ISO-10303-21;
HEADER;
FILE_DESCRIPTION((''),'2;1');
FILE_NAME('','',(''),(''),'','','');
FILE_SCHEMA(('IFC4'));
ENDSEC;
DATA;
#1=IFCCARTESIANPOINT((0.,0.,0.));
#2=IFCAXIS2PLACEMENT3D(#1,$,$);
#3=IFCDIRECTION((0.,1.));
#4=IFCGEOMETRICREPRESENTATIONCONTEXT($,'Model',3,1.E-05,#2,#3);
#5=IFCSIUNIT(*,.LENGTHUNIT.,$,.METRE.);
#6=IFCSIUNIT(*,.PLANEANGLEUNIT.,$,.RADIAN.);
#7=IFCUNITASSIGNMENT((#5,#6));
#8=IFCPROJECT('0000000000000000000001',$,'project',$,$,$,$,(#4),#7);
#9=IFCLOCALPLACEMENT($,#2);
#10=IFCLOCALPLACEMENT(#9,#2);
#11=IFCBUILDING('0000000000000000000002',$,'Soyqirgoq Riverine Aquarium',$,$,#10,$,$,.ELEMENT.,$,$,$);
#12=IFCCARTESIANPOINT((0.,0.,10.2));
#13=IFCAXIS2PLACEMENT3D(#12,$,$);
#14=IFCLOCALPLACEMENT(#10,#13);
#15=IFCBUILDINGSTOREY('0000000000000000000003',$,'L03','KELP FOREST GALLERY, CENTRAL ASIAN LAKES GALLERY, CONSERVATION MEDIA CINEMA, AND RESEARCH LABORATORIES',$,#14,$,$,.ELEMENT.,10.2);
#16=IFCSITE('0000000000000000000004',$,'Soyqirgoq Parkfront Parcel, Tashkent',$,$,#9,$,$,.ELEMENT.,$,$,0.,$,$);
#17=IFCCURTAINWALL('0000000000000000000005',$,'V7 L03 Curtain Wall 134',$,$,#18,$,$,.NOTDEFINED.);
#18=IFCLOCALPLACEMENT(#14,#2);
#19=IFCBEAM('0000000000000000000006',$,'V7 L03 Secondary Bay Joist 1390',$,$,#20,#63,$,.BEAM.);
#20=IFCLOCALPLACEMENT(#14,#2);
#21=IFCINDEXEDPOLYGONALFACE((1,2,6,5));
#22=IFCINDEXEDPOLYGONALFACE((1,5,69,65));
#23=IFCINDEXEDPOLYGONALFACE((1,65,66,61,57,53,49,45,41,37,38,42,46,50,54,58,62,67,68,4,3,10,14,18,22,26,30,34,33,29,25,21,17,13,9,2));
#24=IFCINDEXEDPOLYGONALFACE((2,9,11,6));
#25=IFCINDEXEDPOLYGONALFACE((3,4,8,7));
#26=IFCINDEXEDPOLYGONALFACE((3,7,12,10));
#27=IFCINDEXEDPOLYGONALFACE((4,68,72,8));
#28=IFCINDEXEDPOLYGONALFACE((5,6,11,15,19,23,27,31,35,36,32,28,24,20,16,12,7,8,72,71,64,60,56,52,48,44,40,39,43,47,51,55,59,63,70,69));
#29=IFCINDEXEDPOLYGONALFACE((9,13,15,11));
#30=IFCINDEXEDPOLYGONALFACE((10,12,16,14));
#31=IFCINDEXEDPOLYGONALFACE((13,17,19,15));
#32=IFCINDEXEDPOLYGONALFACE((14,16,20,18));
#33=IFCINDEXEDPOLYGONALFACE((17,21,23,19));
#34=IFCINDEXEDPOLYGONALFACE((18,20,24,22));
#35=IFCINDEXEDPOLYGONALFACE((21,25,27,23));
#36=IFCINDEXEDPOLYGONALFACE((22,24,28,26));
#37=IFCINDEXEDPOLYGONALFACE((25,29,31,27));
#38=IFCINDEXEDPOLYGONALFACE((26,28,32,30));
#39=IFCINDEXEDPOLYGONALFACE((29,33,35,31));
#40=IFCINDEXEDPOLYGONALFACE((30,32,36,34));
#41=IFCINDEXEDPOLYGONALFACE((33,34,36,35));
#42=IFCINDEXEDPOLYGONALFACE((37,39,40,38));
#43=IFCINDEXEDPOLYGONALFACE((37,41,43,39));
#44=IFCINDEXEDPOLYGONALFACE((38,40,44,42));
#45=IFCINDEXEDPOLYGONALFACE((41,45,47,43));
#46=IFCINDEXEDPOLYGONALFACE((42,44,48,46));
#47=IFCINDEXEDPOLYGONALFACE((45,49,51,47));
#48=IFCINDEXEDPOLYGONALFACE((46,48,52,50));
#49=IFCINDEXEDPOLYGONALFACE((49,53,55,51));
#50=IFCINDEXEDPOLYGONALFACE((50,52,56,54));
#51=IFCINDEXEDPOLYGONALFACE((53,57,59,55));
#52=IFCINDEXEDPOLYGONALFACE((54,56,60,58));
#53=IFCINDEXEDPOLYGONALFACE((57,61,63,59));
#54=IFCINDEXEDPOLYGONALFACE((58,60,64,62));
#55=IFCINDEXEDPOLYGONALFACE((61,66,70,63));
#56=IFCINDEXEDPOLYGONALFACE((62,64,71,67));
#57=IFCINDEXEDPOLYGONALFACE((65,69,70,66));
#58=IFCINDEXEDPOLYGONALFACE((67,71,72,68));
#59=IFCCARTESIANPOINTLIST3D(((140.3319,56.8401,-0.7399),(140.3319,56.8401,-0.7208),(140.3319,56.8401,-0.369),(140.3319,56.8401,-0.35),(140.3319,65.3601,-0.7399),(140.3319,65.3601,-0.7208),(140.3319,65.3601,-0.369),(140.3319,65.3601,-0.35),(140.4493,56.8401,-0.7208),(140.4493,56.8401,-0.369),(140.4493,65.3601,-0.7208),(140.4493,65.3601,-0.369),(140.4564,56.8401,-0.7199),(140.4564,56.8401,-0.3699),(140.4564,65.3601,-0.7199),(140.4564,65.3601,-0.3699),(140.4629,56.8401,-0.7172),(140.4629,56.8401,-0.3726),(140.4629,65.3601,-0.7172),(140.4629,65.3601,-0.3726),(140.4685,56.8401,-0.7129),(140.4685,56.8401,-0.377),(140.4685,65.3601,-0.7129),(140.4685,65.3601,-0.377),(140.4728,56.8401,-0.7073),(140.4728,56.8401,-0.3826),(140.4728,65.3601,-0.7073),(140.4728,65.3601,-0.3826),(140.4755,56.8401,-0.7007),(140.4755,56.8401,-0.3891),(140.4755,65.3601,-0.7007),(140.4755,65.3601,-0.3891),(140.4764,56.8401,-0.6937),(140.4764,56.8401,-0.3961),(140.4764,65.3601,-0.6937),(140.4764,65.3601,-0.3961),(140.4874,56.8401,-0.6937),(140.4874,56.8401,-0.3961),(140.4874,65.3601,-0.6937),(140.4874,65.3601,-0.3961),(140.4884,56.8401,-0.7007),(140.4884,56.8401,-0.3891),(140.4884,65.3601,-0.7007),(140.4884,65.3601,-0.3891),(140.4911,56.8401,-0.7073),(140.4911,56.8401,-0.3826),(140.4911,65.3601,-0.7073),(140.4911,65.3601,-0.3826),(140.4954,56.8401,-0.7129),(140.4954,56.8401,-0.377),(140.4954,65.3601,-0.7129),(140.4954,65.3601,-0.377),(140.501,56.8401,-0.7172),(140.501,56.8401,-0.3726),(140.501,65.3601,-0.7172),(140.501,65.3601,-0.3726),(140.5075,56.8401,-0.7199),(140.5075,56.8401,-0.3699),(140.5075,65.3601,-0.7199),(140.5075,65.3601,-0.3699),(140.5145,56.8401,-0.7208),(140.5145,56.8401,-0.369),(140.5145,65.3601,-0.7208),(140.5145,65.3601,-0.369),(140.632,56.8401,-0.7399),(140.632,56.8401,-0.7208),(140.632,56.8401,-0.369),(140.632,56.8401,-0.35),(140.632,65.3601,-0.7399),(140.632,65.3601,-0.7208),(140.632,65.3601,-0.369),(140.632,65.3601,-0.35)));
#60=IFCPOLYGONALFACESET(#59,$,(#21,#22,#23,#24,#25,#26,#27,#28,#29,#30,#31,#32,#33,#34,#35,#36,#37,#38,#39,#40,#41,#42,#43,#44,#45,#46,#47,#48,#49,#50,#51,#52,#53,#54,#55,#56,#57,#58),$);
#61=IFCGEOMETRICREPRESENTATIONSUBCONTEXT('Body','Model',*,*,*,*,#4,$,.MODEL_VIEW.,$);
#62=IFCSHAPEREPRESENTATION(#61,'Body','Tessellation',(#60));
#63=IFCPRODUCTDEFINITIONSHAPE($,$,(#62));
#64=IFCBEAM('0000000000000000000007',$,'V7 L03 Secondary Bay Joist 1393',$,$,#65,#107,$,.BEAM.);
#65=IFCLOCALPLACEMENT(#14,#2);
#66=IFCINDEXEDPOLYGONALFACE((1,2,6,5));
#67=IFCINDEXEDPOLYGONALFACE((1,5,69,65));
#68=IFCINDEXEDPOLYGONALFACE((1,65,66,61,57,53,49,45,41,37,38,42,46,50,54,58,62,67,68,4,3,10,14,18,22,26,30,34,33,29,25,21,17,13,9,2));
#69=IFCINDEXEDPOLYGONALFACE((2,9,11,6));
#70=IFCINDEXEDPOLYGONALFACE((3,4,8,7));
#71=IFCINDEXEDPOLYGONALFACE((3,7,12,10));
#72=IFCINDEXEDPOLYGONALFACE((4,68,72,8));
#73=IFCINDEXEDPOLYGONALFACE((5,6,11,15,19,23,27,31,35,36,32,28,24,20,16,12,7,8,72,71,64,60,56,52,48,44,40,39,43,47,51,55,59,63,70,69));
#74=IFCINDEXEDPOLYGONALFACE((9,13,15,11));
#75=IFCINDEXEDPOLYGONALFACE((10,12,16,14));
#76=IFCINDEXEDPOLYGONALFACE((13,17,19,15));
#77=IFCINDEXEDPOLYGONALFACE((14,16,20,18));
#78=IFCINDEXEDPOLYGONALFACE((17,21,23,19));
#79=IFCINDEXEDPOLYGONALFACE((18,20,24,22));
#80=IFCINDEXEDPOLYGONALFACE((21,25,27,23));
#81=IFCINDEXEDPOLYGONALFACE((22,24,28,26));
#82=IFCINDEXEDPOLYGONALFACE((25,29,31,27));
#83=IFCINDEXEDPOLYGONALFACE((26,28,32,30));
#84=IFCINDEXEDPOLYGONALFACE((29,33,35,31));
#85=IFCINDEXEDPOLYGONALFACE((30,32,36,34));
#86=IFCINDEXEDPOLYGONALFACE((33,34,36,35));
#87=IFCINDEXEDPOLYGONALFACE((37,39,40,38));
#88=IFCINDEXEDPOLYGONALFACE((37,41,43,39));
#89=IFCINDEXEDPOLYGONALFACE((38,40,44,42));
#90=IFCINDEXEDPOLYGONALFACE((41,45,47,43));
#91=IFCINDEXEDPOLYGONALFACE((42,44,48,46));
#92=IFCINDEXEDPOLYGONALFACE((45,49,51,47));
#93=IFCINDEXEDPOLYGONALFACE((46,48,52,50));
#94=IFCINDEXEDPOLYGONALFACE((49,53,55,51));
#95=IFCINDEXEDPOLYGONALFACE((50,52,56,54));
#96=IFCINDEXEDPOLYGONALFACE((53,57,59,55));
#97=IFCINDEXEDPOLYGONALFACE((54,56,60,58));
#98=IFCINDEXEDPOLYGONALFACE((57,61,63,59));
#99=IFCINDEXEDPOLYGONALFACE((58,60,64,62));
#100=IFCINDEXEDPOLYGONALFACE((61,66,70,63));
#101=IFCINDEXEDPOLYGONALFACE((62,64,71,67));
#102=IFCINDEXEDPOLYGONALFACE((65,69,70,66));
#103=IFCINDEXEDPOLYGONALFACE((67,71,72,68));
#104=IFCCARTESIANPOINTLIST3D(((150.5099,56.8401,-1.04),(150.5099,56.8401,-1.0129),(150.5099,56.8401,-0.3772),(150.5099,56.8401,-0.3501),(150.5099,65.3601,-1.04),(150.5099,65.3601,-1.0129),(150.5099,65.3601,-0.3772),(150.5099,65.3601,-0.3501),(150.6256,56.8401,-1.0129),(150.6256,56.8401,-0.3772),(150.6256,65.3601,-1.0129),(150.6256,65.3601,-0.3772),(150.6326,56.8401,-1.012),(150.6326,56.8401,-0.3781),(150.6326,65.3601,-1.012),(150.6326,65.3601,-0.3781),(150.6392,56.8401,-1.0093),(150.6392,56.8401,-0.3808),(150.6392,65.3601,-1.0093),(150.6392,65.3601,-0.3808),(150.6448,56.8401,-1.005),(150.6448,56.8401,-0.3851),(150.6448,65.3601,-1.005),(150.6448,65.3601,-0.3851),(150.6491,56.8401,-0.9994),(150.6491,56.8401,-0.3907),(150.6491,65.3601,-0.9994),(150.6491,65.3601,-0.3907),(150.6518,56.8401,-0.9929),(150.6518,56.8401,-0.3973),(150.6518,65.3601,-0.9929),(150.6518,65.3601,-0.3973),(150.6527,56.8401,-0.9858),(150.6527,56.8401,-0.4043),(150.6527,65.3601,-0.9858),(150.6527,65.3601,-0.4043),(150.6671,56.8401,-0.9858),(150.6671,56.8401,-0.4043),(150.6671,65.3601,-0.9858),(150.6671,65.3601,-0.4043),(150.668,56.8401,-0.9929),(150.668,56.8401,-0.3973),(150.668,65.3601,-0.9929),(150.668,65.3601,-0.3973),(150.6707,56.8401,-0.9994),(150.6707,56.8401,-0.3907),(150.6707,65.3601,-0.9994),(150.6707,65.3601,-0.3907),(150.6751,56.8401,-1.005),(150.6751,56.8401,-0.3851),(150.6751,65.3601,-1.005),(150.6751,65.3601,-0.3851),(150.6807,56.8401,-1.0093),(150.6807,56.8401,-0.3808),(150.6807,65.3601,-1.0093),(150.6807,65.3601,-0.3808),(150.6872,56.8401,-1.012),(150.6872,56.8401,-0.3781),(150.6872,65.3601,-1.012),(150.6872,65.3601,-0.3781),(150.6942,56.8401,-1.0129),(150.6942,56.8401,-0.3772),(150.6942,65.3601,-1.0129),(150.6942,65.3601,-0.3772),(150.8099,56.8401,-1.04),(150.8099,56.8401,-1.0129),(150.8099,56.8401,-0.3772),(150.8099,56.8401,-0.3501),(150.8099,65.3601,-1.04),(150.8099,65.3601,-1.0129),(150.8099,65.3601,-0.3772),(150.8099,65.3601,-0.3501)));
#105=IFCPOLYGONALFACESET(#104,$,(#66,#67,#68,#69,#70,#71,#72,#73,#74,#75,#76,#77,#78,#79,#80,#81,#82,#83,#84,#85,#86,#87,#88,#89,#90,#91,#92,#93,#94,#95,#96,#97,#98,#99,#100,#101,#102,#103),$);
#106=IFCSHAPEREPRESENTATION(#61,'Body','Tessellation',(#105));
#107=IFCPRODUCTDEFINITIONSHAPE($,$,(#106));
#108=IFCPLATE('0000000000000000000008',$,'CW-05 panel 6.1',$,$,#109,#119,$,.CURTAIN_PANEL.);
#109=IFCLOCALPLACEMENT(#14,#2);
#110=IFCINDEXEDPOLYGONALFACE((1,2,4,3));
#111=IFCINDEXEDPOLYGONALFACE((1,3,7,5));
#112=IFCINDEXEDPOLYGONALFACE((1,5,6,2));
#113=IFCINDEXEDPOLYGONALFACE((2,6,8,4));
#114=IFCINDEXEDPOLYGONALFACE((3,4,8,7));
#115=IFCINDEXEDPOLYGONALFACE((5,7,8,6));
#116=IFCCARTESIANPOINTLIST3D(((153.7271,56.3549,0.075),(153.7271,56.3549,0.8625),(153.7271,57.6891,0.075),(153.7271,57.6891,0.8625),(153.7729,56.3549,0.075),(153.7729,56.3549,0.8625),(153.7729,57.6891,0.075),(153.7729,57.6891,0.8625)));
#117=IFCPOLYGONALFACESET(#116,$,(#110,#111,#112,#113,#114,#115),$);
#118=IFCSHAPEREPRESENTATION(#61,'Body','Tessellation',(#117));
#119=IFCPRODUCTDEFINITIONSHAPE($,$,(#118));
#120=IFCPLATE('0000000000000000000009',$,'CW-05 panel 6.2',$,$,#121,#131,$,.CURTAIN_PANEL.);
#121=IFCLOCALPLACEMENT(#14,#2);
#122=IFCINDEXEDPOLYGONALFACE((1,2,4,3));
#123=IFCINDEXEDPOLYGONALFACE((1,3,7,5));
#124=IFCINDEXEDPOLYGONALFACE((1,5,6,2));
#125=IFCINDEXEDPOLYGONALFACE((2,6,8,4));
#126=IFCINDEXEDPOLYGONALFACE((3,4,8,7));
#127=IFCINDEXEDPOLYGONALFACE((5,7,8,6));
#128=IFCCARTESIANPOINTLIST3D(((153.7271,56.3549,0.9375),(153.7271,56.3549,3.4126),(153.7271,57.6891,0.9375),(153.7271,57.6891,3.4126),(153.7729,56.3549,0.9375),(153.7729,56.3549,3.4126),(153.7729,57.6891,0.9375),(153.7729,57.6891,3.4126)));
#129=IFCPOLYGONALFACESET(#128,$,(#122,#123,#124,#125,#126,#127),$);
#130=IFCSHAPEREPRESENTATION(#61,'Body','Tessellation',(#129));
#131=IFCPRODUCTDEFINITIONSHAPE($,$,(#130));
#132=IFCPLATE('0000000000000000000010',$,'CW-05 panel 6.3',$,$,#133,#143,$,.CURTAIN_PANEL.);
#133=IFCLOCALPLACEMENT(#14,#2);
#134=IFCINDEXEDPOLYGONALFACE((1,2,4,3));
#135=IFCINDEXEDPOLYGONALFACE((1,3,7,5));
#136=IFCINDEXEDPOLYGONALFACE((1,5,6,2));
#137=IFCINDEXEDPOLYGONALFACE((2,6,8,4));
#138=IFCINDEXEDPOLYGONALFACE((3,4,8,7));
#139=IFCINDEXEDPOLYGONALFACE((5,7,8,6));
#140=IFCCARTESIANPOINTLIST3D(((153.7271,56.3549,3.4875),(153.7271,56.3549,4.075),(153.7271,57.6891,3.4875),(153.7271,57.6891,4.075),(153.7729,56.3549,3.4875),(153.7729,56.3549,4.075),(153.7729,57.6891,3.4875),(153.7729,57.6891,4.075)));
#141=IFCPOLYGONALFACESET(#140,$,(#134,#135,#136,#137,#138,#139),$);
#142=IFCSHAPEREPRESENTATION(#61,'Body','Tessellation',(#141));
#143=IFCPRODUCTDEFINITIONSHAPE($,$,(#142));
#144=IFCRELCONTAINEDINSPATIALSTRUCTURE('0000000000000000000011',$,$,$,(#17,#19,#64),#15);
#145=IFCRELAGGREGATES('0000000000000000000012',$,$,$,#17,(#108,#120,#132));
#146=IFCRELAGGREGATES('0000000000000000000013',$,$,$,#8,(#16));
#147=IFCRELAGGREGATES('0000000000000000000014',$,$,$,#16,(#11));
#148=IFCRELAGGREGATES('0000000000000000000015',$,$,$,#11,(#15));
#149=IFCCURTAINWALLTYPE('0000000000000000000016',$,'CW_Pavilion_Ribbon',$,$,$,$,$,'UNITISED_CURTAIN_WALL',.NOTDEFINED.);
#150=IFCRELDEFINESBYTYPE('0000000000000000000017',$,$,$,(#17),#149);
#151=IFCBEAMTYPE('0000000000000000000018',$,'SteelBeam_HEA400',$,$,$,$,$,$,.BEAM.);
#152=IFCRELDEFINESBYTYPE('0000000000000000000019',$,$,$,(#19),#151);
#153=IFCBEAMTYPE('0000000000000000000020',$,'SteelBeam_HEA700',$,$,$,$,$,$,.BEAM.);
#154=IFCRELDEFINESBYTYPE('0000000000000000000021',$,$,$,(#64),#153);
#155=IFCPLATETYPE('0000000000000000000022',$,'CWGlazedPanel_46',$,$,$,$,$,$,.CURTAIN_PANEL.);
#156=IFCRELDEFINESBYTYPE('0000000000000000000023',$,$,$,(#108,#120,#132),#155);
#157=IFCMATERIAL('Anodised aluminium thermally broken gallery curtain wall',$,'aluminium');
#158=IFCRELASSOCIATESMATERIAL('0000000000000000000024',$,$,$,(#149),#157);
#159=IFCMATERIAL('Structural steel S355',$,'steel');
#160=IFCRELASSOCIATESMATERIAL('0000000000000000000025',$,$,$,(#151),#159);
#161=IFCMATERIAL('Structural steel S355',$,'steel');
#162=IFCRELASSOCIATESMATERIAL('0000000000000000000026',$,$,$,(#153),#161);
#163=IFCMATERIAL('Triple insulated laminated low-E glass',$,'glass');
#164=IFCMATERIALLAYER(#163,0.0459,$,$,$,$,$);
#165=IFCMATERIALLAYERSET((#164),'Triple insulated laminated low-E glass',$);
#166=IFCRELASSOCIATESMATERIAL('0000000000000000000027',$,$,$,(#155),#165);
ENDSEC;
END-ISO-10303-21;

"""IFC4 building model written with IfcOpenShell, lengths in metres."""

from ifc_helpers import new_model, si_unit, direction, frame, origin, origin_2d, place, context, subcontext, project, spatial, rectangle, i_section, extrude, material, layer, layer_set, material_profile, profile_set, type_object, element, aggregate, save


model = new_model("IFC4")

# Units and contexts
model_context = context("Model", 3, precision=1e-05, world=origin(), true_north=direction((0.0, 1.0)))
body_context = subcontext(model_context, "Body", "Model", "MODEL_VIEW")
ifc_project = project(units=[si_unit("LENGTHUNIT", "METRE"), si_unit("PLANEANGLEUNIT", "RADIAN")], contexts=[model_context])

# Site, building, storey
site_placement = place(None, origin())
site = spatial("IfcSite", under=ifc_project, at=site_placement, Name="Soyqirgoq Parkfront Parcel, Tashkent", CompositionType="ELEMENT", RefElevation=0.0)
building_placement = place(site_placement, origin())
building = spatial("IfcBuilding", under=site, at=building_placement, Name="Soyqirgoq Riverine Aquarium", CompositionType="ELEMENT")
storey_placement = place(building_placement, frame((0.0, 0.0, 10.2)))
storey = spatial("IfcBuildingStorey", under=building, at=storey_placement, Name="L03", Description="KELP FOREST GALLERY, CENTRAL ASIAN LAKES GALLERY, CONSERVATION MEDIA CINEMA, AND RESEARCH LABORATORIES", CompositionType="ELEMENT", Elevation=10.2)

# Curtain wall
ifc_material_1 = material(Name="Anodised aluminium thermally broken gallery curtain wall", Category="aluminium")
curtain_wall_type = type_object("IfcCurtainWallType", Name="CW_Pavilion_Ribbon", ElementType="UNITISED_CURTAIN_WALL", PredefinedType="NOTDEFINED", material=ifc_material_1)
curtain_wall_placement = place(storey_placement, origin())
curtain_wall = element("IfcCurtainWall", 1, at=curtain_wall_placement, inside=storey, type_object=curtain_wall_type, Name="V7 L03 Curtain Wall 134", PredefinedType="NOTDEFINED")

# Beams
ifc_material_2 = material(Name="Structural steel S355", Category="steel")
ifc_material_profile_1 = material_profile(ifc_material_2, i_section(OverallWidth=0.3, OverallDepth=0.3899, WebThickness=0.011, FlangeThickness=0.019, FilletRadius=0.0271, at=origin_2d()), Name="HEA 400")
ifc_profile_set_1 = profile_set([ifc_material_profile_1], Name="Structural steel S355")
beam_type_1 = type_object("IfcBeamType", Name="SteelBeam_HEA400", PredefinedType="BEAM", material=ifc_profile_set_1)
beam_1_placement = place(storey_placement, frame((140.4819, 56.8401, -0.5449), z_axis=(0.0, 1.0, 0.0), x_axis=(-1.0, 0.0, 0.0)))
element("IfcBeam", 2, at=beam_1_placement, inside=storey, type_object=beam_type_1, Name="V7 L03 Secondary Bay Joist 1390", PredefinedType="BEAM", context=body_context, shape_type="SweptSolid", body=[
    extrude(i_section(OverallWidth=0.3, OverallDepth=0.3899, WebThickness=0.011, FlangeThickness=0.019, FilletRadius=0.0271, at=origin_2d()), origin(), (0.0, 0.0, 1.0), 8.52),
])
ifc_material_3 = material(Name="Structural steel S355", Category="steel")
ifc_material_profile_2 = material_profile(ifc_material_3, i_section(OverallWidth=0.3, OverallDepth=0.6899, WebThickness=0.0144, FlangeThickness=0.0271, FilletRadius=0.0271, at=origin_2d()), Name="HEA 700")
ifc_profile_set_2 = profile_set([ifc_material_profile_2], Name="Structural steel S355")
beam_type_2 = type_object("IfcBeamType", Name="SteelBeam_HEA700", PredefinedType="BEAM", material=ifc_profile_set_2)
beam_2_placement = place(storey_placement, frame((150.6599, 56.8401, -0.6951), z_axis=(0.0, 1.0, 0.0), x_axis=(-1.0, 0.0, 0.0)))
element("IfcBeam", 3, at=beam_2_placement, inside=storey, type_object=beam_type_2, Name="V7 L03 Secondary Bay Joist 1393", PredefinedType="BEAM", context=body_context, shape_type="SweptSolid", body=[
    extrude(i_section(OverallWidth=0.3, OverallDepth=0.6899, WebThickness=0.0144, FlangeThickness=0.0271, FilletRadius=0.0271, at=origin_2d()), origin(), (0.0, 0.0, 1.0), 8.52),
])

# Plates
ifc_material_4 = material(Name="Triple insulated laminated low-E glass", Category="glass")
ifc_layer_1 = layer(ifc_material_4, 0.0459)
ifc_layer_set_1 = layer_set([ifc_layer_1], Name="Triple insulated laminated low-E glass")
plate_type = type_object("IfcPlateType", Name="CWGlazedPanel_46", PredefinedType="CURTAIN_PANEL", material=ifc_layer_set_1)
plate_1_placement = place(storey_placement, frame((153.75, 57.022, 0.075), z_axis=(0.0, 0.0, 1.0), x_axis=(0.0, -1.0, 0.0)))
plate_1 = element("IfcPlate", 4, at=plate_1_placement, type_object=plate_type, Name="CW-05 panel 6.1", PredefinedType="CURTAIN_PANEL", context=body_context, shape_type="SweptSolid", body=[
    extrude(rectangle(XDim=1.3342, YDim=0.0459, at=origin_2d()), origin(), (0.0, 0.0, 1.0), 0.7876),
])
plate_2_placement = place(storey_placement, frame((153.75, 57.022, 0.9375), z_axis=(0.0, 0.0, 1.0), x_axis=(0.0, -1.0, 0.0)))
plate_2 = element("IfcPlate", 5, at=plate_2_placement, type_object=plate_type, Name="CW-05 panel 6.2", PredefinedType="CURTAIN_PANEL", context=body_context, shape_type="SweptSolid", body=[
    extrude(rectangle(XDim=1.3342, YDim=0.0459, at=origin_2d()), origin(), (0.0, 0.0, 1.0), 2.4751),
])
plate_3_placement = place(storey_placement, frame((153.75, 57.022, 3.4875), z_axis=(0.0, 0.0, 1.0), x_axis=(0.0, -1.0, 0.0)))
plate_3 = element("IfcPlate", 6, at=plate_3_placement, type_object=plate_type, Name="CW-05 panel 6.3", PredefinedType="CURTAIN_PANEL", context=body_context, shape_type="SweptSolid", body=[
    extrude(rectangle(XDim=1.3342, YDim=0.0459, at=origin_2d()), origin(), (0.0, 0.0, 1.0), 0.5874),
])
aggregate(curtain_wall, [plate_1, plate_2, plate_3])

save(model, "model.ifc")
